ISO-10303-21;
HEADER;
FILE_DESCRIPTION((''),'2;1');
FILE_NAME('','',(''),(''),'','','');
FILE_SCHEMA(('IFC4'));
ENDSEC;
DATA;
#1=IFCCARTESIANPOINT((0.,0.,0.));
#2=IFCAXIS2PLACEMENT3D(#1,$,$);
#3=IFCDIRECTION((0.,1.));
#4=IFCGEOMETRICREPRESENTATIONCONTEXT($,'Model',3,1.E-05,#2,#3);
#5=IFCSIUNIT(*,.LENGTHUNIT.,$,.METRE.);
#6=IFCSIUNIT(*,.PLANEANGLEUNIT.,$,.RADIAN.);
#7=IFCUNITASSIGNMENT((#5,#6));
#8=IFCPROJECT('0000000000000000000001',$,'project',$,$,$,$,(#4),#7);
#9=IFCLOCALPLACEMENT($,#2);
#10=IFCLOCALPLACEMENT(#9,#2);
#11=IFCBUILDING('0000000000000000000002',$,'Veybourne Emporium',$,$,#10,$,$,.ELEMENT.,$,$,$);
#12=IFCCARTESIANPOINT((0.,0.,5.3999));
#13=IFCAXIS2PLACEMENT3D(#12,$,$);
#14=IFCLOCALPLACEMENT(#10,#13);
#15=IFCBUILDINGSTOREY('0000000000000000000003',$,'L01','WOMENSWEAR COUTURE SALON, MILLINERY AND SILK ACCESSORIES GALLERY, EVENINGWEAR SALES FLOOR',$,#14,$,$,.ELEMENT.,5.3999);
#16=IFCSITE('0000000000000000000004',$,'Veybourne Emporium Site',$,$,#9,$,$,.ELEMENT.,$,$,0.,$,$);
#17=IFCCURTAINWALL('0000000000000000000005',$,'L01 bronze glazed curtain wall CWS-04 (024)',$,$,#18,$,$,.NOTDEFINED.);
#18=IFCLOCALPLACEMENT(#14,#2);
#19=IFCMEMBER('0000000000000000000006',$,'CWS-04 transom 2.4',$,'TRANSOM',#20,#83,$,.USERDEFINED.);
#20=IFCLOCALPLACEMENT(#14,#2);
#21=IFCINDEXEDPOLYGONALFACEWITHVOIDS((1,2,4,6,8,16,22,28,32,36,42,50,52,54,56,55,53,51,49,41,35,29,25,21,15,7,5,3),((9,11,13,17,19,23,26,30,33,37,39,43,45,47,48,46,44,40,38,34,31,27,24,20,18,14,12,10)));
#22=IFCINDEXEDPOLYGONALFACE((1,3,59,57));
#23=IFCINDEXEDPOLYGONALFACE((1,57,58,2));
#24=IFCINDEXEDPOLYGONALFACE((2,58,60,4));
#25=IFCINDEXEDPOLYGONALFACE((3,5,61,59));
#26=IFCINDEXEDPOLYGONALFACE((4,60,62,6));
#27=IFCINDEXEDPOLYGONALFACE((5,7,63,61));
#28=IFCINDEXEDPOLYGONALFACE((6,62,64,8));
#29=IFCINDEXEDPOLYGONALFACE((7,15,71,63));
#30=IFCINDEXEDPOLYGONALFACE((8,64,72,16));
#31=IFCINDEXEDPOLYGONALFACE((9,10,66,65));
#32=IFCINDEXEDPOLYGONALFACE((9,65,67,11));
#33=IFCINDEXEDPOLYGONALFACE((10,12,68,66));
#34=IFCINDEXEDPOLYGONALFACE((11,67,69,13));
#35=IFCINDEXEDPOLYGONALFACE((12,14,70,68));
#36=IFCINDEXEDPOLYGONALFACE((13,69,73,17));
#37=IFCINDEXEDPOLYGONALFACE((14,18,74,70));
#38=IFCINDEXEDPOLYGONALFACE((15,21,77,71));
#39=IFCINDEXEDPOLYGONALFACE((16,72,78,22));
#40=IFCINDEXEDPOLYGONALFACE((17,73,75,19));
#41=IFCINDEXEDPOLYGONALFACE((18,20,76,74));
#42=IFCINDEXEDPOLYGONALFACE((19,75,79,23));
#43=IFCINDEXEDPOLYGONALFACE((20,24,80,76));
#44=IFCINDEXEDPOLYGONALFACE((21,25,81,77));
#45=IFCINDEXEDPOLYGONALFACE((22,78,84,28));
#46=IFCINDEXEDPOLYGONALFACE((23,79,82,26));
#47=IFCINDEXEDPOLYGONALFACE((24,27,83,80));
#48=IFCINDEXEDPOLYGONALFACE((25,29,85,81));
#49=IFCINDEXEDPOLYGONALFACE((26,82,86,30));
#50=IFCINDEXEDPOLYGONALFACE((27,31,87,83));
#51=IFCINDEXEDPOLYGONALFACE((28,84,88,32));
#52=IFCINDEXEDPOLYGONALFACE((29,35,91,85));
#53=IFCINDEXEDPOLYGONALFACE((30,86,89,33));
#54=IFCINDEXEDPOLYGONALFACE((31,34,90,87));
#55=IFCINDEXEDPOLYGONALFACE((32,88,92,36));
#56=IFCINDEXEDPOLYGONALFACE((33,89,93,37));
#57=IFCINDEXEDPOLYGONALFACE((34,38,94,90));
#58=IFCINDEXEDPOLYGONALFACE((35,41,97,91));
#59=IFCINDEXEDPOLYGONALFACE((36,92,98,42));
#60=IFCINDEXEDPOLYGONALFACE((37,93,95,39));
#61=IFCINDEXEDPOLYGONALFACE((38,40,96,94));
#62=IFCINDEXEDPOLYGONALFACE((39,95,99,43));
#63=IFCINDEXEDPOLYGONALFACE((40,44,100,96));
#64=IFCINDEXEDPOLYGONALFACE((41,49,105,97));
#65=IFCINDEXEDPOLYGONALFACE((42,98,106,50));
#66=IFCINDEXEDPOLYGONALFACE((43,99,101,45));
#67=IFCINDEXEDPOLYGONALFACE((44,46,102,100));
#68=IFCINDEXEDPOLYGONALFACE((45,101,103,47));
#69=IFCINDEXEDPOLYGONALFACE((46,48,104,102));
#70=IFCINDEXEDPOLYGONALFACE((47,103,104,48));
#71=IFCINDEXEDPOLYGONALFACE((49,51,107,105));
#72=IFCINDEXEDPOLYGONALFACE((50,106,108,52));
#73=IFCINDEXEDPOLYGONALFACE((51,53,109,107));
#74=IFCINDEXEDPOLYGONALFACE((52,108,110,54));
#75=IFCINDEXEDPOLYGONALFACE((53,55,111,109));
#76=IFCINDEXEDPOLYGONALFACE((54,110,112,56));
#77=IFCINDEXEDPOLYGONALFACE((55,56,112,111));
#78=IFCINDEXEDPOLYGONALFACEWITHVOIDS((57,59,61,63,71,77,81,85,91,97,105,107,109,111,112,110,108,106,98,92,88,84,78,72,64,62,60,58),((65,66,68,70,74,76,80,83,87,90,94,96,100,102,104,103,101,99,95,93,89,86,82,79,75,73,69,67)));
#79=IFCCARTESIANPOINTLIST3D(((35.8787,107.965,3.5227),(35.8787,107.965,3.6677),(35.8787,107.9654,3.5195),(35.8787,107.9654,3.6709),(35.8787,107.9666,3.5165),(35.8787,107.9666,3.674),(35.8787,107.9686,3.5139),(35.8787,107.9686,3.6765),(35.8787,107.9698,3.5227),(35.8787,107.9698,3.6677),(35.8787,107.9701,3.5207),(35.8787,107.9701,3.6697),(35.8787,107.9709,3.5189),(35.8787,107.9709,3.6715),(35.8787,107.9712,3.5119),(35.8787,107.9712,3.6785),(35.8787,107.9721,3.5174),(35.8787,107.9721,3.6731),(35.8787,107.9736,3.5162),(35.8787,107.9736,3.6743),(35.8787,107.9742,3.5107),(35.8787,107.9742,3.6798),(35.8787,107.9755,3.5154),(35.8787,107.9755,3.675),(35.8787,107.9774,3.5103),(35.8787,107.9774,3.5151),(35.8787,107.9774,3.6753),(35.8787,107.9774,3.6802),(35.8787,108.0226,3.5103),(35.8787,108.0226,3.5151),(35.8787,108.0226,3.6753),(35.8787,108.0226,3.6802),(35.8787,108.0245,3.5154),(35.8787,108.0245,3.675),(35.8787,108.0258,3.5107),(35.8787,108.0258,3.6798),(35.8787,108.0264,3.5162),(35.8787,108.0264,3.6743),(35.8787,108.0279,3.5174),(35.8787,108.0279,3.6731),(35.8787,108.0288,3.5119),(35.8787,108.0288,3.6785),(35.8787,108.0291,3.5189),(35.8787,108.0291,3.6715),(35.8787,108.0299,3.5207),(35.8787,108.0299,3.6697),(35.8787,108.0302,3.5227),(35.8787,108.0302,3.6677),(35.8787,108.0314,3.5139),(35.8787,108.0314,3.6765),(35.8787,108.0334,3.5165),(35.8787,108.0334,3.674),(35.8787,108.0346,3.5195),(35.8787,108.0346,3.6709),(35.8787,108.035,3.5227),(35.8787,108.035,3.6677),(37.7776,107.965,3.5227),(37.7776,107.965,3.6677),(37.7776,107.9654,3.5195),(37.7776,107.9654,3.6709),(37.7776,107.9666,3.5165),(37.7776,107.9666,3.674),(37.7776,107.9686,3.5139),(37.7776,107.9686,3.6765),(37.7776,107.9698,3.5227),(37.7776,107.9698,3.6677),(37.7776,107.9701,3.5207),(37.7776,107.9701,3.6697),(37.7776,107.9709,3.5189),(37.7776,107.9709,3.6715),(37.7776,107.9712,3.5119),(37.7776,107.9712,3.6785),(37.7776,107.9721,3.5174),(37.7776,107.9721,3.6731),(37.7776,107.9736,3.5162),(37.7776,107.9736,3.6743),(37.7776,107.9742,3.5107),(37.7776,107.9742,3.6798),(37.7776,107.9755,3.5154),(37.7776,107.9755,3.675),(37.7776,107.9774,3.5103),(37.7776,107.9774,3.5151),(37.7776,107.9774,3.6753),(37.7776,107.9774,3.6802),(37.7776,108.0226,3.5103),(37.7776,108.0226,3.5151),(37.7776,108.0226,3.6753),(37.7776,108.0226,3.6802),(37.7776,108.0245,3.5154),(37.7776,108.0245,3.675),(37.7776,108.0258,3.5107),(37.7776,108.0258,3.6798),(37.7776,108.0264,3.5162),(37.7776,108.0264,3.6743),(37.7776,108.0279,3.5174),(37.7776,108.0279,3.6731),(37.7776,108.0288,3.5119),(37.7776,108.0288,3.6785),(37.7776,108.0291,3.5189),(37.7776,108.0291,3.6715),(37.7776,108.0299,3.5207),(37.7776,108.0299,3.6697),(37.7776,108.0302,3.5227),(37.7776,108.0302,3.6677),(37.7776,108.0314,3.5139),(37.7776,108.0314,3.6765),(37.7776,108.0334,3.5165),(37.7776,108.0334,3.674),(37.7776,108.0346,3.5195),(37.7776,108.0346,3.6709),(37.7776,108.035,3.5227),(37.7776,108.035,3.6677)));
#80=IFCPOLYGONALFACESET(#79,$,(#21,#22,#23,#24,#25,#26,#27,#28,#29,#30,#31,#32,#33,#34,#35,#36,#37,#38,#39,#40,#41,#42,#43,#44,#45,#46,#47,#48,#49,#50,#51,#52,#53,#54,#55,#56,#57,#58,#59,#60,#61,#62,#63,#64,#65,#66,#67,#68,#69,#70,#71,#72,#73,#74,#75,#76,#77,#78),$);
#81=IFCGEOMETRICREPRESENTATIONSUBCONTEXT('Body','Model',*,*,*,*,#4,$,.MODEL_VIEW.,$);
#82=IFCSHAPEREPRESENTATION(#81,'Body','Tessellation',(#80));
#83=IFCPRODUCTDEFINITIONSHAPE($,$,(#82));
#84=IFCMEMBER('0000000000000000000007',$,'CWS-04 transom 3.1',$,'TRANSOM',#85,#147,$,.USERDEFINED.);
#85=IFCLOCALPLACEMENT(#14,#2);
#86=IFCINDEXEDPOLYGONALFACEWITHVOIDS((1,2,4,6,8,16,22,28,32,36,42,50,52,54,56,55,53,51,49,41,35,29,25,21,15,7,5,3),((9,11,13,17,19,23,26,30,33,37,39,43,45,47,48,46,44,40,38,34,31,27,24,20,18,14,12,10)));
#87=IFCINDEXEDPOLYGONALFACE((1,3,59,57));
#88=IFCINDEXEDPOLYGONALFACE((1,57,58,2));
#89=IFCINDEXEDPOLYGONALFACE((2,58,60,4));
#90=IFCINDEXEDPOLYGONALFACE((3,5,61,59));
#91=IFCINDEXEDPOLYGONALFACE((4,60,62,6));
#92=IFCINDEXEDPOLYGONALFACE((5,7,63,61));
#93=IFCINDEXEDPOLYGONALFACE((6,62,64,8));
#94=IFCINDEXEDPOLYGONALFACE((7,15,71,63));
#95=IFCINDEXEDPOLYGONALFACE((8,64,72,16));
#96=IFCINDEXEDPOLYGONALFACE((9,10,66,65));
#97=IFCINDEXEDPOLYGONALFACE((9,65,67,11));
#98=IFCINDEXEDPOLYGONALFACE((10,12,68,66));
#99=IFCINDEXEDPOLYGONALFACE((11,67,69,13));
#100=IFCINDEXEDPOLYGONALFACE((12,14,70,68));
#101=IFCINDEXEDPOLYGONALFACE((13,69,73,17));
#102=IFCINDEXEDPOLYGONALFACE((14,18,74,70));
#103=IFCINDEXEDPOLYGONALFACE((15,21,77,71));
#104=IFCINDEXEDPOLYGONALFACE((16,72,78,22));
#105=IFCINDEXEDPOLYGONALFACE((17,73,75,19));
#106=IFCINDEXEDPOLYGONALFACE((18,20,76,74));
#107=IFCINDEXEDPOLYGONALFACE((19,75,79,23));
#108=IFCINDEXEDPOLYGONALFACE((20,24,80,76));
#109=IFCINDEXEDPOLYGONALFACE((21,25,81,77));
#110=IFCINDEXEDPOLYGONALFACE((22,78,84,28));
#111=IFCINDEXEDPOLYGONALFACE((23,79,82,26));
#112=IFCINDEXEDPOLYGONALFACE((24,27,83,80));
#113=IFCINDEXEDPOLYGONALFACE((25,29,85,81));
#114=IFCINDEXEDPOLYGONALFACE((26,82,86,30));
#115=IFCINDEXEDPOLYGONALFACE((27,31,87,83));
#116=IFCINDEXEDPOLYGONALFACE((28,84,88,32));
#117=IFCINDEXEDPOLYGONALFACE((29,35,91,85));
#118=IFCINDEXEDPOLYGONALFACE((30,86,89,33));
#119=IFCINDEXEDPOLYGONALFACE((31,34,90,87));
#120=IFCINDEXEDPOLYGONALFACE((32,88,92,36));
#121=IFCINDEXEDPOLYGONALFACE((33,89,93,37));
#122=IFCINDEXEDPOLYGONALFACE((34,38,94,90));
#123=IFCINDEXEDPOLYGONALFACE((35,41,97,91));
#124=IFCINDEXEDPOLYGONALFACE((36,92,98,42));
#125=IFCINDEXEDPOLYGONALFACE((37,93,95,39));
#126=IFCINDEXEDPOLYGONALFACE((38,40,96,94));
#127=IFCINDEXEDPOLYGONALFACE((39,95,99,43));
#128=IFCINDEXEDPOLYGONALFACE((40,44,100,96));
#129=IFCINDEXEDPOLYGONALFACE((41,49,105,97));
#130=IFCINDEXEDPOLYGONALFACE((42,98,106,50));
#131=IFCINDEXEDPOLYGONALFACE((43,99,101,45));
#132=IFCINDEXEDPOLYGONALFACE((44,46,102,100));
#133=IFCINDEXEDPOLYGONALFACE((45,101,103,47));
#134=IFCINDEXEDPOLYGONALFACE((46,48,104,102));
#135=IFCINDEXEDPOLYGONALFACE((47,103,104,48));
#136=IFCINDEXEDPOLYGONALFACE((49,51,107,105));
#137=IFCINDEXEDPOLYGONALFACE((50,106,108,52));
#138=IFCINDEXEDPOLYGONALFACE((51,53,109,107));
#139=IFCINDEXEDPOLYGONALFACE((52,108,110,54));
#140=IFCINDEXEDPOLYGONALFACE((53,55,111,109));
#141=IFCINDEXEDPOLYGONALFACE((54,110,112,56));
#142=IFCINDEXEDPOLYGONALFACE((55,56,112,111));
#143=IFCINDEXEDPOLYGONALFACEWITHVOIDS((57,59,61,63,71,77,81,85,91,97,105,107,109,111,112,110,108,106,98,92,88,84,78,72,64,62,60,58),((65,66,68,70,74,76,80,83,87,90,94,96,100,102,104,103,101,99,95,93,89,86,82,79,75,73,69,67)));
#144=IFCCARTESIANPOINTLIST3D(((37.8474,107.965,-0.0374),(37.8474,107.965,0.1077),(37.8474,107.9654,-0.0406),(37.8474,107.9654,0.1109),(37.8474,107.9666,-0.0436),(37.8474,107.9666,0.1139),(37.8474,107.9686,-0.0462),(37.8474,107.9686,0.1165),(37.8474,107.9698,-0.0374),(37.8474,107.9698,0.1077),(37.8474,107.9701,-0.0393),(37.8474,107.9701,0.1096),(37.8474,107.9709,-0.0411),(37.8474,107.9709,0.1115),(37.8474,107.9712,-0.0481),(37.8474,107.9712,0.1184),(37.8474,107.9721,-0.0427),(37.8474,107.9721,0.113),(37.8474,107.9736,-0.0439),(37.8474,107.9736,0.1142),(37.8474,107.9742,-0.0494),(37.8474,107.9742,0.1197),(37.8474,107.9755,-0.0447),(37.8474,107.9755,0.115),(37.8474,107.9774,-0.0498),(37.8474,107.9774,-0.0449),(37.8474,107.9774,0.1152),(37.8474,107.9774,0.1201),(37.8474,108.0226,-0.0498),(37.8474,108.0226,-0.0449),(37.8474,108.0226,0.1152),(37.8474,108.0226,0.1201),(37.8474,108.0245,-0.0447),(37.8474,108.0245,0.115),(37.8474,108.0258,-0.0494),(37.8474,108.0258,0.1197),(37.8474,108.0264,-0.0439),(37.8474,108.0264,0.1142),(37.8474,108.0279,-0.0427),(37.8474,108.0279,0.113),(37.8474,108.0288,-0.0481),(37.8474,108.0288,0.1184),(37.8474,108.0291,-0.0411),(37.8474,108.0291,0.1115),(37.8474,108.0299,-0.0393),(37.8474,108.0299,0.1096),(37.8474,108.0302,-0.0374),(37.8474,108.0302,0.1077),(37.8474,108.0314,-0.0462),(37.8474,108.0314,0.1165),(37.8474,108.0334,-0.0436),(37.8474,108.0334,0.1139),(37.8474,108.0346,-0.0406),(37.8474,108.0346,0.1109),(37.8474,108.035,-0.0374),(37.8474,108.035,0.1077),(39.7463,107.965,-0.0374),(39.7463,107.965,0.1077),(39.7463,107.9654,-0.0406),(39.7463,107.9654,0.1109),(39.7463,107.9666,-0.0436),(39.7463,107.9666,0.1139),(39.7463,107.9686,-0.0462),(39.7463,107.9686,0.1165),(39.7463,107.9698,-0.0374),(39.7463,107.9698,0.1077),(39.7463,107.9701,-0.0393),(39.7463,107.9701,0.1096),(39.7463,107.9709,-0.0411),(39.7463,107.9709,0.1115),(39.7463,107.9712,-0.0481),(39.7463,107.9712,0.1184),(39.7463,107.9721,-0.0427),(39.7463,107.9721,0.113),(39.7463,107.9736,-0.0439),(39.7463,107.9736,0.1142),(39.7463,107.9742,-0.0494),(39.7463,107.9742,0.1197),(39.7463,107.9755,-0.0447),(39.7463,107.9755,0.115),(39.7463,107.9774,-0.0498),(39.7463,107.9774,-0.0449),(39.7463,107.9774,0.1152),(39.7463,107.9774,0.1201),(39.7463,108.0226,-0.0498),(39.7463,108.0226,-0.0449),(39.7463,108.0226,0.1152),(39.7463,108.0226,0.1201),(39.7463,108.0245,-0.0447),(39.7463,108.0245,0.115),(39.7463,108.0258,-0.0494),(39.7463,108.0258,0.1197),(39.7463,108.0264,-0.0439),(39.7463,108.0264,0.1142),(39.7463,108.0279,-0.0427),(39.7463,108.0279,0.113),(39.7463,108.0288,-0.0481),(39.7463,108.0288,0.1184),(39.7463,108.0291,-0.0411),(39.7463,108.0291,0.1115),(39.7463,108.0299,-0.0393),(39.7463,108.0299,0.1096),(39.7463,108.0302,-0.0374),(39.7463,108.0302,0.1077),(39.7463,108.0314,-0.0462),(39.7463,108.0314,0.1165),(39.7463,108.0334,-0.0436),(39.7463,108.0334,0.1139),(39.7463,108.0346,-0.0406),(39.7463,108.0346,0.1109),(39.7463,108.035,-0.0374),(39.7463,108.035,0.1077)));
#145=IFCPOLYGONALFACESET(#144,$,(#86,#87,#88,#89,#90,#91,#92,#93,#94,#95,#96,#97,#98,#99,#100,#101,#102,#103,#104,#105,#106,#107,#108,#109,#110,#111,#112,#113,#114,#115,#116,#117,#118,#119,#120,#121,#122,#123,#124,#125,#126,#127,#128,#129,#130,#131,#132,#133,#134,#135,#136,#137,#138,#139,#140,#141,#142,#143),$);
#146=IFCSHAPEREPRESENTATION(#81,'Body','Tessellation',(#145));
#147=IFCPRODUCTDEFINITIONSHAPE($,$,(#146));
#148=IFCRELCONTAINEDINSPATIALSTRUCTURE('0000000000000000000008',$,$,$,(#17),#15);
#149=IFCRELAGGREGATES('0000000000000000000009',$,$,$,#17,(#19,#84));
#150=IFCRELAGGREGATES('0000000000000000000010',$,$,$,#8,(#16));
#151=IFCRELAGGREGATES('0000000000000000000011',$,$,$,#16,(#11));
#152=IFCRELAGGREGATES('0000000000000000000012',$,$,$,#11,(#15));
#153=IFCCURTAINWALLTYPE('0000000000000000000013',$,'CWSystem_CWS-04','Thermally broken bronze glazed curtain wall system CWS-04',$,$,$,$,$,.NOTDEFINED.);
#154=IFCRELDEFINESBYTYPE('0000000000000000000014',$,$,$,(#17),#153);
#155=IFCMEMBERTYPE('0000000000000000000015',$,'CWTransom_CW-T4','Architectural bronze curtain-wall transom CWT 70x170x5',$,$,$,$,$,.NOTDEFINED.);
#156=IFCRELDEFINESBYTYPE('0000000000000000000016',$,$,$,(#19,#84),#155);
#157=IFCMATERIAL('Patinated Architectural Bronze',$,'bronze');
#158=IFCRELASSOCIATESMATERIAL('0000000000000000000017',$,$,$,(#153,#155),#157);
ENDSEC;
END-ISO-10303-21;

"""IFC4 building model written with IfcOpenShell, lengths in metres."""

from ifc_helpers import new_model, si_unit, direction, frame, origin, origin_2d, place, context, subcontext, project, spatial, hollow_rectangle, extrude, material, material_profile, profile_set, type_object, element, aggregate, save


model = new_model("IFC4")

# Units and contexts
model_context = context("Model", 3, precision=1e-05, world=origin(), true_north=direction((0.0, 1.0)))
body_context = subcontext(model_context, "Body", "Model", "MODEL_VIEW")
ifc_project = project(units=[si_unit("LENGTHUNIT", "METRE"), si_unit("PLANEANGLEUNIT", "RADIAN")], contexts=[model_context])

# Site, building, storey
site_placement = place(None, origin())
site = spatial("IfcSite", under=ifc_project, at=site_placement, Name="Veybourne Emporium Site", CompositionType="ELEMENT", RefElevation=0.0)
building_placement = place(site_placement, origin())
building = spatial("IfcBuilding", under=site, at=building_placement, Name="Veybourne Emporium", CompositionType="ELEMENT")
storey_placement = place(building_placement, frame((0.0, 0.0, 5.3999)))
storey = spatial("IfcBuildingStorey", under=building, at=storey_placement, Name="L01", Description="WOMENSWEAR COUTURE SALON, MILLINERY AND SILK ACCESSORIES GALLERY, EVENINGWEAR SALES FLOOR", CompositionType="ELEMENT", Elevation=5.3999)

# Curtain wall, members
ifc_material_1 = material(Name="Patinated Architectural Bronze", Category="bronze")
curtain_wall_type = type_object("IfcCurtainWallType", Name="CWSystem_CWS-04", Description="Thermally broken bronze glazed curtain wall system CWS-04", PredefinedType="NOTDEFINED", material=ifc_material_1)
curtain_wall_placement = place(storey_placement, origin())
curtain_wall = element("IfcCurtainWall", 1, at=curtain_wall_placement, inside=storey, type_object=curtain_wall_type, Name="L01 bronze glazed curtain wall CWS-04 (024)", PredefinedType="NOTDEFINED")
ifc_material_profile_1 = material_profile(ifc_material_1, hollow_rectangle(XDim=0.0701, YDim=0.1699, WallThickness=0.0049, InnerFilletRadius=0.0076, OuterFilletRadius=0.0125, at=origin_2d()), Name="CWT 70x170x5")
ifc_profile_set_1 = profile_set([ifc_material_profile_1], Name="Patinated Architectural Bronze")
member_type_1 = type_object("IfcMemberType", Name="CWTransom_CW-T4", Description="Architectural bronze curtain-wall transom CWT 70x170x5", PredefinedType="NOTDEFINED", material=ifc_profile_set_1)
member_1_placement = place(storey_placement, frame((35.8787, 108.0, 3.5952), z_axis=(1.0, 0.0, 0.0), x_axis=(0.0, 1.0, 0.0)))
member_1 = element("IfcMember", 2, at=member_1_placement, type_object=member_type_1, Name="CWS-04 transom 2.4", ObjectType="TRANSOM", PredefinedType="USERDEFINED", context=body_context, shape_type="SweptSolid", body=[
    extrude(hollow_rectangle(XDim=0.0701, YDim=0.1699, WallThickness=0.0049, InnerFilletRadius=0.0076, OuterFilletRadius=0.0125, at=origin_2d()), origin(), (0.0, 0.0, 1.0), 1.8989),
])
member_2_placement = place(storey_placement, frame((37.8474, 108.0, 0.0352), z_axis=(1.0, 0.0, 0.0), x_axis=(0.0, 1.0, 0.0)))
member_2 = element("IfcMember", 3, at=member_2_placement, type_object=member_type_1, Name="CWS-04 transom 3.1", ObjectType="TRANSOM", PredefinedType="USERDEFINED", context=body_context, shape_type="SweptSolid", body=[
    extrude(hollow_rectangle(XDim=0.0701, YDim=0.1699, WallThickness=0.0049, InnerFilletRadius=0.0076, OuterFilletRadius=0.0125, at=origin_2d()), origin(), (0.0, 0.0, 1.0), 1.8989),
])
aggregate(curtain_wall, [member_1, member_2])

save(model, "model.ifc")
